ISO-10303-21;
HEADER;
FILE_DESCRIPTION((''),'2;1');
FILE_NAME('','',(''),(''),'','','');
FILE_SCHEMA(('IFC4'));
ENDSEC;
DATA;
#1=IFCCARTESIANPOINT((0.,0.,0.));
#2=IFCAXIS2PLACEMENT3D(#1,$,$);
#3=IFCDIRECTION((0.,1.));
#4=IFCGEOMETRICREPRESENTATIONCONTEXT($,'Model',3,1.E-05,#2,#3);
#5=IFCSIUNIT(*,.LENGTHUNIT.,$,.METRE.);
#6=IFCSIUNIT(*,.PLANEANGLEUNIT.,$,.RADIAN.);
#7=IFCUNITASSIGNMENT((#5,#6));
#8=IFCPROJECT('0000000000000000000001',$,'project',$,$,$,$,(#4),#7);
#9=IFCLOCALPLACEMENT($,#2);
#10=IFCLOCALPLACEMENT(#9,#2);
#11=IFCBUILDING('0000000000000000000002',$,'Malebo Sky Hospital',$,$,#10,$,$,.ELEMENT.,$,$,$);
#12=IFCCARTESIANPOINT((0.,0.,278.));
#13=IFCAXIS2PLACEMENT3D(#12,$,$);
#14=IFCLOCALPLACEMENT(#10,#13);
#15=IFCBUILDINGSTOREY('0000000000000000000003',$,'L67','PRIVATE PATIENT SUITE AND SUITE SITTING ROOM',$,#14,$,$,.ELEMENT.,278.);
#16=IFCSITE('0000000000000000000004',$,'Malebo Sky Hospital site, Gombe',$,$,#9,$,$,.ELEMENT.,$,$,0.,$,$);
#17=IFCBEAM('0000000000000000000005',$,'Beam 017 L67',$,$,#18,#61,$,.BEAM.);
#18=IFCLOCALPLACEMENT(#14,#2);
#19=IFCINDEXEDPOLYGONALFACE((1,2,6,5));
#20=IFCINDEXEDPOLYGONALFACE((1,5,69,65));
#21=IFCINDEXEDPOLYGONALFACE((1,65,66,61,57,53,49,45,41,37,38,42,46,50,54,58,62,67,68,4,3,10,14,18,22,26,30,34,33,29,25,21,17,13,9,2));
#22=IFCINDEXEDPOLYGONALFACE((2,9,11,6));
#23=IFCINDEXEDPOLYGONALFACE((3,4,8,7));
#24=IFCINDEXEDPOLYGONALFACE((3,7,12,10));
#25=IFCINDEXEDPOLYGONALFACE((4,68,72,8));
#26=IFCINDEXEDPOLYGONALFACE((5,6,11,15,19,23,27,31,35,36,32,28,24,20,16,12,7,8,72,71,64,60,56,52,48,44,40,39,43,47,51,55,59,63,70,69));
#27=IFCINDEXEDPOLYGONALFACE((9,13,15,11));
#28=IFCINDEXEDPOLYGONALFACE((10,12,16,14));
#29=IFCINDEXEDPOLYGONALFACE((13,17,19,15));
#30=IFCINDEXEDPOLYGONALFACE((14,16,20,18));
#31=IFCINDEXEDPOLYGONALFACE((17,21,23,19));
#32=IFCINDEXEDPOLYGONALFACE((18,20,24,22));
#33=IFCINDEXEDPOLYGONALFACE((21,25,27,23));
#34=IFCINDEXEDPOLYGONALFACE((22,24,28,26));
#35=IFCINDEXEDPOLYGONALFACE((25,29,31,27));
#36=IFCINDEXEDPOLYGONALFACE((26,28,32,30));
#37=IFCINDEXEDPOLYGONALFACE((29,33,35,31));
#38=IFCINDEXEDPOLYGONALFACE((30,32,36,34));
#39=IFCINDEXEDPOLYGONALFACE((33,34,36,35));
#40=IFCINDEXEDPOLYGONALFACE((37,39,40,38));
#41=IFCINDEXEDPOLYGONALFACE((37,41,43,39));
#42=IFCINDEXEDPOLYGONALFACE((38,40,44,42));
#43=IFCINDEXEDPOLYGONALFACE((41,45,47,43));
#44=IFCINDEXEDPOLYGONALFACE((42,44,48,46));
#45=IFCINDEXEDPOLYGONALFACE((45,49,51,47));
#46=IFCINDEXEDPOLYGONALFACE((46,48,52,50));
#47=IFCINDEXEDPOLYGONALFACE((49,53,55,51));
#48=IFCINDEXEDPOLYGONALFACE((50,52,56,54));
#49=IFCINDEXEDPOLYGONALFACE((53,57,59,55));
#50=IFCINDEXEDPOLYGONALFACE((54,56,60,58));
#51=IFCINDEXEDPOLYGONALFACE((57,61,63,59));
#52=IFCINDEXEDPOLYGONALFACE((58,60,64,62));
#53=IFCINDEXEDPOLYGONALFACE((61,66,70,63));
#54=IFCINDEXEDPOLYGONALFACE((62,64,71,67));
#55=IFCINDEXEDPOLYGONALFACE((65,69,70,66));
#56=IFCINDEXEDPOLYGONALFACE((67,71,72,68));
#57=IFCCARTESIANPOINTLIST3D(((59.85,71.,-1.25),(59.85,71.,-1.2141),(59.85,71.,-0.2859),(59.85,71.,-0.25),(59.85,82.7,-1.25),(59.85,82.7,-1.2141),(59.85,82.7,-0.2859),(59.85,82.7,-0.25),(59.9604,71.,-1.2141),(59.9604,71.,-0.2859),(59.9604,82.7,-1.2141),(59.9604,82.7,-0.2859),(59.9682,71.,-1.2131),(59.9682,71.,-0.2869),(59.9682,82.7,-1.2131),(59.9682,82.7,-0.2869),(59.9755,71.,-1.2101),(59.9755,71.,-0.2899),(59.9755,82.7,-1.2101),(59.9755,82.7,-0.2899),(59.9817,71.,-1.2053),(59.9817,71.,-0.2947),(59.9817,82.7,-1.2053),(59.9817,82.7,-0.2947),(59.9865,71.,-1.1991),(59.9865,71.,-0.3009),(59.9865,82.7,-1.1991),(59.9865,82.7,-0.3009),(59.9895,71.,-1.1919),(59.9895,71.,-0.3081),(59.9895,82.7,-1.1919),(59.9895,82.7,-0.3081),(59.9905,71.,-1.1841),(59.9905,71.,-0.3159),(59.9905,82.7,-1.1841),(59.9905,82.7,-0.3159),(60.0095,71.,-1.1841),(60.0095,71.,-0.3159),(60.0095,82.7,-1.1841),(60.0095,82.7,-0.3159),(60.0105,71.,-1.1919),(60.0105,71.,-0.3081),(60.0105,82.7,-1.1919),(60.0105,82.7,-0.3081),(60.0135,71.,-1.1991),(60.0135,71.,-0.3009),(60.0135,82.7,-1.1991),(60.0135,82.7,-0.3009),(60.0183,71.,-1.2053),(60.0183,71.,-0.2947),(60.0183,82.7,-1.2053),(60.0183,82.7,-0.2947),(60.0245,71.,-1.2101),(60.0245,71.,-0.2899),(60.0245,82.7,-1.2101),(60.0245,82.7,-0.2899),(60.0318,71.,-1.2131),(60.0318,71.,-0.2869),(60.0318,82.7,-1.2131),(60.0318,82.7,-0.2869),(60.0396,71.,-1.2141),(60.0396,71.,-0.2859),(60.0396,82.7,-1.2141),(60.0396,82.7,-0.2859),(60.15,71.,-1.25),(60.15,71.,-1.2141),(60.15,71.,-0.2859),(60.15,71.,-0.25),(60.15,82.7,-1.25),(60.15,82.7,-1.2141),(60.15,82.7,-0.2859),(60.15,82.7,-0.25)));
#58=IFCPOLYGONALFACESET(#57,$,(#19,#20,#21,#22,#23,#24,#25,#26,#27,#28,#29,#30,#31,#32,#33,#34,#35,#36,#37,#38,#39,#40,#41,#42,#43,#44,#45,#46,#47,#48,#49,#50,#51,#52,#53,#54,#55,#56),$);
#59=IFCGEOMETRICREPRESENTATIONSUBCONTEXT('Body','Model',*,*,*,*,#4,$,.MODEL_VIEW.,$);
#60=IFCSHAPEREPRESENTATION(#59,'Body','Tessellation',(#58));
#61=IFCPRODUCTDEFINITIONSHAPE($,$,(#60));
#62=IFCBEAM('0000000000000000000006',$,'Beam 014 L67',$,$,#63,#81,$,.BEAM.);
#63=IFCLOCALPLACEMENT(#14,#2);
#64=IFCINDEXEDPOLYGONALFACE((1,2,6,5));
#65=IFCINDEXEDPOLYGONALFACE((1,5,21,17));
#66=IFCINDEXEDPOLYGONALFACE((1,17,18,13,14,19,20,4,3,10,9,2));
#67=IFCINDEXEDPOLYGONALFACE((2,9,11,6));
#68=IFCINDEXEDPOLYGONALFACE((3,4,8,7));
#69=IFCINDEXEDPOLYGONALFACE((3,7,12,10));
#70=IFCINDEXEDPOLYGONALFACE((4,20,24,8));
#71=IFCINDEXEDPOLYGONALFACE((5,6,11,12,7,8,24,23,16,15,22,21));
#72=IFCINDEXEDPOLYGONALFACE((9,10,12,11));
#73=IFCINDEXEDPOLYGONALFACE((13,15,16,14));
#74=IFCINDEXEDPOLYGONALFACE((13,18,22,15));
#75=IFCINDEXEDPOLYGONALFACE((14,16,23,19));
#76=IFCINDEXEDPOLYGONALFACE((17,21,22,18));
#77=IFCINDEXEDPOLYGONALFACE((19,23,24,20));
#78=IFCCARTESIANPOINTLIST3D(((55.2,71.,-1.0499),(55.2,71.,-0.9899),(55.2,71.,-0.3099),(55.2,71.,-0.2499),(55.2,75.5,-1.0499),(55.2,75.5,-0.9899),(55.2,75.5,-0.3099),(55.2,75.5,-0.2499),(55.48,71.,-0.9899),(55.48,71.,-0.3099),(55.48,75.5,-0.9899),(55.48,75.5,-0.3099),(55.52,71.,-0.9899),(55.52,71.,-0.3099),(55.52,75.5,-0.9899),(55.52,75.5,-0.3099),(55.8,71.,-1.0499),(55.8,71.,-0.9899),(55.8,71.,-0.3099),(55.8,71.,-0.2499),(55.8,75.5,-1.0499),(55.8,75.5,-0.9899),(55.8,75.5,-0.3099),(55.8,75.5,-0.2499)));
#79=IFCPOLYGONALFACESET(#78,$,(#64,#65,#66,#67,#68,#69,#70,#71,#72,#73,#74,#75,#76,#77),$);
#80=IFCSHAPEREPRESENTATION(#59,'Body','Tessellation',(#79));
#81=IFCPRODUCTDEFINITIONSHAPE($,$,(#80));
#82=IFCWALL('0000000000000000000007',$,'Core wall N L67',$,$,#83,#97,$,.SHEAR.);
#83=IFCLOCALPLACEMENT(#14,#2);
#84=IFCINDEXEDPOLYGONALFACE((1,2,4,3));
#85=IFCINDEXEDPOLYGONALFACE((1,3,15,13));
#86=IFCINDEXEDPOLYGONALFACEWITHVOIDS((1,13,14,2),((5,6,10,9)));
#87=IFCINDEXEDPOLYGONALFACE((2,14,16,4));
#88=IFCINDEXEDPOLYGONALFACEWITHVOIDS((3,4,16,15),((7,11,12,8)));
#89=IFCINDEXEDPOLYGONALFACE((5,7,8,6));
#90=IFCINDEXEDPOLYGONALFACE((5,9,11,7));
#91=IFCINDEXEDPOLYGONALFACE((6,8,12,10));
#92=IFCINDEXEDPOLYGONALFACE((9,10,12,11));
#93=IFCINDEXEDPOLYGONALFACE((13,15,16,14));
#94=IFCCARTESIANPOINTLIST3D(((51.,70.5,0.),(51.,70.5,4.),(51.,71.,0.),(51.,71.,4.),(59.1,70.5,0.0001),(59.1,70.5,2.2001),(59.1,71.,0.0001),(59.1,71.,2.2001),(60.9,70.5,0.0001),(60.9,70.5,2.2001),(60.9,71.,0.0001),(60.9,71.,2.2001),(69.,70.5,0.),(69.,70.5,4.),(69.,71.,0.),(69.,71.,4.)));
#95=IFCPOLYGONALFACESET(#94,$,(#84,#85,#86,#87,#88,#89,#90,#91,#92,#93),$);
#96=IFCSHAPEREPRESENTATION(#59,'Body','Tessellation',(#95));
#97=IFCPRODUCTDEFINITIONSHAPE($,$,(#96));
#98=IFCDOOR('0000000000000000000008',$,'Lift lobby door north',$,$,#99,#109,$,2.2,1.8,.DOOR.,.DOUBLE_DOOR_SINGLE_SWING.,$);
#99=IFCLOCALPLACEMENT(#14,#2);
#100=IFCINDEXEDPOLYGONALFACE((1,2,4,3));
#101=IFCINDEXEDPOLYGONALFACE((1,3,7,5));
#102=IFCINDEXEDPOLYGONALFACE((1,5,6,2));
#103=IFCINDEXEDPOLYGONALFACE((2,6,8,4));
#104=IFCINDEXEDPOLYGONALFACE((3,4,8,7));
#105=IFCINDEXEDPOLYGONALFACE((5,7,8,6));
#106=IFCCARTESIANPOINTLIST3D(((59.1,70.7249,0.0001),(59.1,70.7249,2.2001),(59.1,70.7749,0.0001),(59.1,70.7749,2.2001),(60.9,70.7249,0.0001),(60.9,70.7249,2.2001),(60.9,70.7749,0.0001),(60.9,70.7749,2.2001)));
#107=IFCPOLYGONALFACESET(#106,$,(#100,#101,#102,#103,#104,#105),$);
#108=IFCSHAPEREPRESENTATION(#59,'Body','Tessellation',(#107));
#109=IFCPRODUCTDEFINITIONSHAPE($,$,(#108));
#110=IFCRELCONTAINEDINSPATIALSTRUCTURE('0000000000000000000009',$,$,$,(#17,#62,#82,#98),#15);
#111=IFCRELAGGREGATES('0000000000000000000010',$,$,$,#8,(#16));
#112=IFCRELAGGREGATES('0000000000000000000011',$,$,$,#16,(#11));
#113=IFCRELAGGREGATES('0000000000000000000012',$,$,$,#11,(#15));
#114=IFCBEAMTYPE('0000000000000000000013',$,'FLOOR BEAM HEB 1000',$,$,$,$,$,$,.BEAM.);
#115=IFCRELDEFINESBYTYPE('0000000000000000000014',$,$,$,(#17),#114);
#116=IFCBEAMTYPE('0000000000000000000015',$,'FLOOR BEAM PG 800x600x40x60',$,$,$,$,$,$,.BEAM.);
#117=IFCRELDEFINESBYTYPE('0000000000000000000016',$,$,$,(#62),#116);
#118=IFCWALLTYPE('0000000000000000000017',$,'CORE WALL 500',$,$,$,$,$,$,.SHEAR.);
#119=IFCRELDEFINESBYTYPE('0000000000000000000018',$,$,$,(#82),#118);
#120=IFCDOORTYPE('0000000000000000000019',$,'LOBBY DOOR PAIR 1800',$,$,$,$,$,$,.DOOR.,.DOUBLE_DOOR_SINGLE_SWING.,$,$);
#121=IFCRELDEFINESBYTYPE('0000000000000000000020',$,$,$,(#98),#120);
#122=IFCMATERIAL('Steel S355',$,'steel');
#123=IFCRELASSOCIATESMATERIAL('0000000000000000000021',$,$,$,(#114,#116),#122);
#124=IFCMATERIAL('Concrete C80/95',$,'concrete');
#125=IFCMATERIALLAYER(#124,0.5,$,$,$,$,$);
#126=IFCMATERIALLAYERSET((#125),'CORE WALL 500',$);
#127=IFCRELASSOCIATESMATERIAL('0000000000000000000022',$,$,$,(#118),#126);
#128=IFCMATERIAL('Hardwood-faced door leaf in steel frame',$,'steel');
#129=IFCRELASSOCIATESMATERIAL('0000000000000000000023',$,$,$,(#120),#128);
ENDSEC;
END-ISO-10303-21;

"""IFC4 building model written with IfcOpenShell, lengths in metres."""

from ifc_helpers import new_model, si_unit, direction, frame, frame_2d, origin, origin_2d, place, context, subcontext, project, spatial, rectangle, i_section, extrude, material, layer, layer_set, material_profile, profile_set, type_object, element, fill, save


model = new_model("IFC4")

# Units and contexts
model_context = context("Model", 3, precision=1e-05, world=origin(), true_north=direction((0.0, 1.0)))
body_context = subcontext(model_context, "Body", "Model", "MODEL_VIEW")
ifc_project = project(units=[si_unit("LENGTHUNIT", "METRE"), si_unit("PLANEANGLEUNIT", "RADIAN")], contexts=[model_context])

# Site, building, storey
site_placement = place(None, origin())
site = spatial("IfcSite", under=ifc_project, at=site_placement, Name="Malebo Sky Hospital site, Gombe", CompositionType="ELEMENT", RefElevation=0.0)
building_placement = place(site_placement, origin())
building = spatial("IfcBuilding", under=site, at=building_placement, Name="Malebo Sky Hospital", CompositionType="ELEMENT")
storey_placement = place(building_placement, frame((0.0, 0.0, 278.0)))
storey = spatial("IfcBuildingStorey", under=building, at=storey_placement, Name="L67", Description="PRIVATE PATIENT SUITE AND SUITE SITTING ROOM", CompositionType="ELEMENT", Elevation=278.0)

# Beams
ifc_material_1 = material(Name="Steel S355", Category="steel")
ifc_material_profile_1 = material_profile(ifc_material_1, i_section(OverallWidth=0.3, OverallDepth=1.0, WebThickness=0.019, FlangeThickness=0.0359, FilletRadius=0.03, at=origin_2d()), Name="HEB 1000")
ifc_profile_set_1 = profile_set([ifc_material_profile_1], Name="Steel S355")
beam_type_1 = type_object("IfcBeamType", Name="FLOOR BEAM HEB 1000", PredefinedType="BEAM", material=ifc_profile_set_1)
beam_1_placement = place(storey_placement, frame((60.0, 71.0, -0.75), z_axis=(0.0, 1.0, 0.0), x_axis=(-1.0, 0.0, 0.0)))
element("IfcBeam", 1, at=beam_1_placement, inside=storey, type_object=beam_type_1, Name="Beam 017 L67", PredefinedType="BEAM", context=body_context, shape_type="SweptSolid", body=[
    extrude(i_section(OverallWidth=0.3, OverallDepth=1.0, WebThickness=0.019, FlangeThickness=0.0359, FilletRadius=0.03, at=origin_2d()), origin(), (0.0, 0.0, 1.0), 11.7),
])
ifc_material_profile_2 = material_profile(ifc_material_1, i_section(OverallWidth=0.6001, OverallDepth=0.8, WebThickness=0.04, FlangeThickness=0.0601, at=origin_2d()), Name="PG 800x600x40x60")
ifc_profile_set_2 = profile_set([ifc_material_profile_2], Name="Steel S355")
beam_type_2 = type_object("IfcBeamType", Name="FLOOR BEAM PG 800x600x40x60", PredefinedType="BEAM", material=ifc_profile_set_2)
beam_2_placement = place(storey_placement, frame((55.5, 71.0, -0.6499), z_axis=(0.0, 1.0, 0.0), x_axis=(-1.0, 0.0, 0.0)))
element("IfcBeam", 2, at=beam_2_placement, inside=storey, type_object=beam_type_2, Name="Beam 014 L67", PredefinedType="BEAM", context=body_context, shape_type="SweptSolid", body=[
    extrude(i_section(OverallWidth=0.6001, OverallDepth=0.8, WebThickness=0.04, FlangeThickness=0.0601, at=origin_2d()), origin(), (0.0, 0.0, 1.0), 4.5),
])

# Wall, opening, door
ifc_material_2 = material(Name="Concrete C80/95", Category="concrete")
ifc_layer_1 = layer(ifc_material_2, 0.5)
ifc_layer_set_1 = layer_set([ifc_layer_1], Name="CORE WALL 500")
wall_type_1 = type_object("IfcWallType", Name="CORE WALL 500", PredefinedType="SHEAR", material=ifc_layer_set_1)
wall_1_placement = place(storey_placement, frame((51.0, 70.75, 0.0), z_axis=(0.0, 0.0, 1.0), x_axis=(1.0, 0.0, 0.0)))
wall_1 = element("IfcWall", 3, at=wall_1_placement, inside=storey, type_object=wall_type_1, Name="Core wall N L67", PredefinedType="SHEAR", context=body_context, shape_type="SweptSolid", body=[
    extrude(rectangle(XDim=18.0, YDim=0.5, at=frame_2d((9.0, 0.0))), origin(), (0.0, 0.0, 1.0), 4.0),
])
opening_1_placement = place(wall_1_placement, frame((8.1001, 0.0, 0.0)))
opening_1 = element("IfcOpeningElement", 4, at=opening_1_placement, cuts=wall_1, PredefinedType="OPENING", context=body_context, shape_type="SweptSolid", body=[
    extrude(rectangle(XDim=1.8, YDim=2.2, at=frame_2d((0.8999, 1.1001))), frame((0.0, 0.26, 0.0), z_axis=(0.0, -1.0, 0.0), x_axis=(1.0, 0.0, 0.0)), (0.0, 0.0, 1.0), 0.52),
])
ifc_material_3 = material(Name="Hardwood-faced door leaf in steel frame", Category="steel")
door_type_1 = type_object("IfcDoorType", Name="LOBBY DOOR PAIR 1800", OperationType="DOUBLE_DOOR_SINGLE_SWING", PredefinedType="DOOR", material=ifc_material_3)
door_1_placement = place(opening_1_placement, origin())
door_1 = element("IfcDoor", 5, at=door_1_placement, inside=storey, type_object=door_type_1, Name="Lift lobby door north", OperationType="DOUBLE_DOOR_SINGLE_SWING", OverallHeight=2.2, OverallWidth=1.8, PredefinedType="DOOR", context=body_context, shape_type="SweptSolid", body=[
    extrude(rectangle(XDim=1.8, YDim=2.2, at=frame_2d((0.8999, 1.1001))), frame((0.0, 0.0249, 0.0), z_axis=(0.0, -1.0, 0.0), x_axis=(1.0, 0.0, 0.0)), (0.0, 0.0, 1.0), 0.05),
])
fill(opening_1, door_1)

save(model, "model.ifc")
